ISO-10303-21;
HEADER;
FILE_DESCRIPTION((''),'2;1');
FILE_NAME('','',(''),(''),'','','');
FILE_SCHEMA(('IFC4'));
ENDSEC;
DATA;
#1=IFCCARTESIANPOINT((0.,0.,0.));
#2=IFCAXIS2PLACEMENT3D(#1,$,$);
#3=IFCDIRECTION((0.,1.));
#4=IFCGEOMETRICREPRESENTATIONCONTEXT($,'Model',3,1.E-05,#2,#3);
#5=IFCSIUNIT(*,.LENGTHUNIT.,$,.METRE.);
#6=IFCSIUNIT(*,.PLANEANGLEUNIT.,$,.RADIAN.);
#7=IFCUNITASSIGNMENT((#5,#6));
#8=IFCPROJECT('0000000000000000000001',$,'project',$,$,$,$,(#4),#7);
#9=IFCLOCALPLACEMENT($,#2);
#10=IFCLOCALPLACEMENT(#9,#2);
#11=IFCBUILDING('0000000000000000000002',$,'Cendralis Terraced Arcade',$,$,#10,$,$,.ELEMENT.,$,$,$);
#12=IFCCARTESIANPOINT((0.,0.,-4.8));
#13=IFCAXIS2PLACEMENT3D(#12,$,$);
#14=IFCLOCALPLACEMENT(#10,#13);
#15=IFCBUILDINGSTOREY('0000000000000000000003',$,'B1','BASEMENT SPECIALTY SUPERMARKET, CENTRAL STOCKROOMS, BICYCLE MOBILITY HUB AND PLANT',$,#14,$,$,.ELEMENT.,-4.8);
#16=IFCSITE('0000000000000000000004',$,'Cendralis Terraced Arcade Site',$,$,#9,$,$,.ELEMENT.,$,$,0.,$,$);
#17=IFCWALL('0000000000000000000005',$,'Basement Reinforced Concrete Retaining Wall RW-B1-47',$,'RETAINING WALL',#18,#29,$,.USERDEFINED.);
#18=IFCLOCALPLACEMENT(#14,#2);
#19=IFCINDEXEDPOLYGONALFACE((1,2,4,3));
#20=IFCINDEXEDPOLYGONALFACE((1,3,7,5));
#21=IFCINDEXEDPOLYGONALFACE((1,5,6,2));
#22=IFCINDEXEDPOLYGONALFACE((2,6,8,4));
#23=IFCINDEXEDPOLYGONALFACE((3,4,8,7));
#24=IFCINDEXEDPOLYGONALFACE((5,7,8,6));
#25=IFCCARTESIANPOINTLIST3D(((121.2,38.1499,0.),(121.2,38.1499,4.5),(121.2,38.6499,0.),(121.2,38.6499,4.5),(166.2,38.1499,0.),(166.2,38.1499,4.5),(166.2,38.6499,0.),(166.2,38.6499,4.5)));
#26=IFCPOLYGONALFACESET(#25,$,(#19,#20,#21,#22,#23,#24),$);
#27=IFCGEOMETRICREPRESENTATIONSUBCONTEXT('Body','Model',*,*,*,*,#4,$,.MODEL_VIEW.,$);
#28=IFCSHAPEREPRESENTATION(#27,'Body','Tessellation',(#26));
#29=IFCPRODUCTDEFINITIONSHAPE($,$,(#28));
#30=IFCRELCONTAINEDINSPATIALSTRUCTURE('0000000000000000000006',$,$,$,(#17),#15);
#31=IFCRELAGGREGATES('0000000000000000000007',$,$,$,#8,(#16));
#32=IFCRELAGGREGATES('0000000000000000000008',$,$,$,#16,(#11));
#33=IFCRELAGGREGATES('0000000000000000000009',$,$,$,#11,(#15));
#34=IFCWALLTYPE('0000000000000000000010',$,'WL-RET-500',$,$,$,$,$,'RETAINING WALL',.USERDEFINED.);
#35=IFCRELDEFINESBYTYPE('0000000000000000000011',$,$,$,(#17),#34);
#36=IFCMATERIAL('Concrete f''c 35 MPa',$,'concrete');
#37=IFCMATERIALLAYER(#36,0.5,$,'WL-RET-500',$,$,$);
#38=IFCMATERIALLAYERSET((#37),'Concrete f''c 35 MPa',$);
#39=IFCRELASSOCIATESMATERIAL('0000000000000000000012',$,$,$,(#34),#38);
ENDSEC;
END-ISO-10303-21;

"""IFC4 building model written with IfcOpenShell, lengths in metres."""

from ifc_helpers import new_model, si_unit, direction, frame, frame_2d, origin, place, context, subcontext, project, spatial, rectangle, extrude, material, layer, layer_set, type_object, element, save


model = new_model("IFC4")

# Units and contexts
model_context = context("Model", 3, precision=1e-05, world=origin(), true_north=direction((0.0, 1.0)))
body_context = subcontext(model_context, "Body", "Model", "MODEL_VIEW")
ifc_project = project(units=[si_unit("LENGTHUNIT", "METRE"), si_unit("PLANEANGLEUNIT", "RADIAN")], contexts=[model_context])

# Site, building, storey
site_placement = place(None, origin())
site = spatial("IfcSite", under=ifc_project, at=site_placement, Name="Cendralis Terraced Arcade Site", CompositionType="ELEMENT", RefElevation=0.0)
building_placement = place(site_placement, origin())
building = spatial("IfcBuilding", under=site, at=building_placement, Name="Cendralis Terraced Arcade", CompositionType="ELEMENT")
storey_placement = place(building_placement, frame((0.0, 0.0, -4.8)))
storey = spatial("IfcBuildingStorey", under=building, at=storey_placement, Name="B1", Description="BASEMENT SPECIALTY SUPERMARKET, CENTRAL STOCKROOMS, BICYCLE MOBILITY HUB AND PLANT", CompositionType="ELEMENT", Elevation=-4.8)

# Shared definitions
ifc_material_1 = material(Name="Concrete f'c 35 MPa", Category="concrete")

# Wall
ifc_layer_1 = layer(ifc_material_1, 0.5, Name="WL-RET-500")
ifc_layer_set_1 = layer_set([ifc_layer_1], Name="Concrete f'c 35 MPa")
wall_type_1 = type_object("IfcWallType", Name="WL-RET-500", ElementType="RETAINING WALL", PredefinedType="USERDEFINED", material=ifc_layer_set_1)
wall_1_placement = place(storey_placement, frame((166.2, 38.3999, 0.0), z_axis=(0.0, 0.0, 1.0), x_axis=(-1.0, 0.0, 0.0)))
element("IfcWall", 1, at=wall_1_placement, inside=storey, type_object=wall_type_1, Name="Basement Reinforced Concrete Retaining Wall RW-B1-47", ObjectType="RETAINING WALL", PredefinedType="USERDEFINED", context=body_context, shape_type="SweptSolid", body=[
    extrude(rectangle(XDim=45.0, YDim=0.5, at=frame_2d((22.5, 0.0))), origin(), (0.0, 0.0, 1.0), 4.5),
])

save(model, "model.ifc")
